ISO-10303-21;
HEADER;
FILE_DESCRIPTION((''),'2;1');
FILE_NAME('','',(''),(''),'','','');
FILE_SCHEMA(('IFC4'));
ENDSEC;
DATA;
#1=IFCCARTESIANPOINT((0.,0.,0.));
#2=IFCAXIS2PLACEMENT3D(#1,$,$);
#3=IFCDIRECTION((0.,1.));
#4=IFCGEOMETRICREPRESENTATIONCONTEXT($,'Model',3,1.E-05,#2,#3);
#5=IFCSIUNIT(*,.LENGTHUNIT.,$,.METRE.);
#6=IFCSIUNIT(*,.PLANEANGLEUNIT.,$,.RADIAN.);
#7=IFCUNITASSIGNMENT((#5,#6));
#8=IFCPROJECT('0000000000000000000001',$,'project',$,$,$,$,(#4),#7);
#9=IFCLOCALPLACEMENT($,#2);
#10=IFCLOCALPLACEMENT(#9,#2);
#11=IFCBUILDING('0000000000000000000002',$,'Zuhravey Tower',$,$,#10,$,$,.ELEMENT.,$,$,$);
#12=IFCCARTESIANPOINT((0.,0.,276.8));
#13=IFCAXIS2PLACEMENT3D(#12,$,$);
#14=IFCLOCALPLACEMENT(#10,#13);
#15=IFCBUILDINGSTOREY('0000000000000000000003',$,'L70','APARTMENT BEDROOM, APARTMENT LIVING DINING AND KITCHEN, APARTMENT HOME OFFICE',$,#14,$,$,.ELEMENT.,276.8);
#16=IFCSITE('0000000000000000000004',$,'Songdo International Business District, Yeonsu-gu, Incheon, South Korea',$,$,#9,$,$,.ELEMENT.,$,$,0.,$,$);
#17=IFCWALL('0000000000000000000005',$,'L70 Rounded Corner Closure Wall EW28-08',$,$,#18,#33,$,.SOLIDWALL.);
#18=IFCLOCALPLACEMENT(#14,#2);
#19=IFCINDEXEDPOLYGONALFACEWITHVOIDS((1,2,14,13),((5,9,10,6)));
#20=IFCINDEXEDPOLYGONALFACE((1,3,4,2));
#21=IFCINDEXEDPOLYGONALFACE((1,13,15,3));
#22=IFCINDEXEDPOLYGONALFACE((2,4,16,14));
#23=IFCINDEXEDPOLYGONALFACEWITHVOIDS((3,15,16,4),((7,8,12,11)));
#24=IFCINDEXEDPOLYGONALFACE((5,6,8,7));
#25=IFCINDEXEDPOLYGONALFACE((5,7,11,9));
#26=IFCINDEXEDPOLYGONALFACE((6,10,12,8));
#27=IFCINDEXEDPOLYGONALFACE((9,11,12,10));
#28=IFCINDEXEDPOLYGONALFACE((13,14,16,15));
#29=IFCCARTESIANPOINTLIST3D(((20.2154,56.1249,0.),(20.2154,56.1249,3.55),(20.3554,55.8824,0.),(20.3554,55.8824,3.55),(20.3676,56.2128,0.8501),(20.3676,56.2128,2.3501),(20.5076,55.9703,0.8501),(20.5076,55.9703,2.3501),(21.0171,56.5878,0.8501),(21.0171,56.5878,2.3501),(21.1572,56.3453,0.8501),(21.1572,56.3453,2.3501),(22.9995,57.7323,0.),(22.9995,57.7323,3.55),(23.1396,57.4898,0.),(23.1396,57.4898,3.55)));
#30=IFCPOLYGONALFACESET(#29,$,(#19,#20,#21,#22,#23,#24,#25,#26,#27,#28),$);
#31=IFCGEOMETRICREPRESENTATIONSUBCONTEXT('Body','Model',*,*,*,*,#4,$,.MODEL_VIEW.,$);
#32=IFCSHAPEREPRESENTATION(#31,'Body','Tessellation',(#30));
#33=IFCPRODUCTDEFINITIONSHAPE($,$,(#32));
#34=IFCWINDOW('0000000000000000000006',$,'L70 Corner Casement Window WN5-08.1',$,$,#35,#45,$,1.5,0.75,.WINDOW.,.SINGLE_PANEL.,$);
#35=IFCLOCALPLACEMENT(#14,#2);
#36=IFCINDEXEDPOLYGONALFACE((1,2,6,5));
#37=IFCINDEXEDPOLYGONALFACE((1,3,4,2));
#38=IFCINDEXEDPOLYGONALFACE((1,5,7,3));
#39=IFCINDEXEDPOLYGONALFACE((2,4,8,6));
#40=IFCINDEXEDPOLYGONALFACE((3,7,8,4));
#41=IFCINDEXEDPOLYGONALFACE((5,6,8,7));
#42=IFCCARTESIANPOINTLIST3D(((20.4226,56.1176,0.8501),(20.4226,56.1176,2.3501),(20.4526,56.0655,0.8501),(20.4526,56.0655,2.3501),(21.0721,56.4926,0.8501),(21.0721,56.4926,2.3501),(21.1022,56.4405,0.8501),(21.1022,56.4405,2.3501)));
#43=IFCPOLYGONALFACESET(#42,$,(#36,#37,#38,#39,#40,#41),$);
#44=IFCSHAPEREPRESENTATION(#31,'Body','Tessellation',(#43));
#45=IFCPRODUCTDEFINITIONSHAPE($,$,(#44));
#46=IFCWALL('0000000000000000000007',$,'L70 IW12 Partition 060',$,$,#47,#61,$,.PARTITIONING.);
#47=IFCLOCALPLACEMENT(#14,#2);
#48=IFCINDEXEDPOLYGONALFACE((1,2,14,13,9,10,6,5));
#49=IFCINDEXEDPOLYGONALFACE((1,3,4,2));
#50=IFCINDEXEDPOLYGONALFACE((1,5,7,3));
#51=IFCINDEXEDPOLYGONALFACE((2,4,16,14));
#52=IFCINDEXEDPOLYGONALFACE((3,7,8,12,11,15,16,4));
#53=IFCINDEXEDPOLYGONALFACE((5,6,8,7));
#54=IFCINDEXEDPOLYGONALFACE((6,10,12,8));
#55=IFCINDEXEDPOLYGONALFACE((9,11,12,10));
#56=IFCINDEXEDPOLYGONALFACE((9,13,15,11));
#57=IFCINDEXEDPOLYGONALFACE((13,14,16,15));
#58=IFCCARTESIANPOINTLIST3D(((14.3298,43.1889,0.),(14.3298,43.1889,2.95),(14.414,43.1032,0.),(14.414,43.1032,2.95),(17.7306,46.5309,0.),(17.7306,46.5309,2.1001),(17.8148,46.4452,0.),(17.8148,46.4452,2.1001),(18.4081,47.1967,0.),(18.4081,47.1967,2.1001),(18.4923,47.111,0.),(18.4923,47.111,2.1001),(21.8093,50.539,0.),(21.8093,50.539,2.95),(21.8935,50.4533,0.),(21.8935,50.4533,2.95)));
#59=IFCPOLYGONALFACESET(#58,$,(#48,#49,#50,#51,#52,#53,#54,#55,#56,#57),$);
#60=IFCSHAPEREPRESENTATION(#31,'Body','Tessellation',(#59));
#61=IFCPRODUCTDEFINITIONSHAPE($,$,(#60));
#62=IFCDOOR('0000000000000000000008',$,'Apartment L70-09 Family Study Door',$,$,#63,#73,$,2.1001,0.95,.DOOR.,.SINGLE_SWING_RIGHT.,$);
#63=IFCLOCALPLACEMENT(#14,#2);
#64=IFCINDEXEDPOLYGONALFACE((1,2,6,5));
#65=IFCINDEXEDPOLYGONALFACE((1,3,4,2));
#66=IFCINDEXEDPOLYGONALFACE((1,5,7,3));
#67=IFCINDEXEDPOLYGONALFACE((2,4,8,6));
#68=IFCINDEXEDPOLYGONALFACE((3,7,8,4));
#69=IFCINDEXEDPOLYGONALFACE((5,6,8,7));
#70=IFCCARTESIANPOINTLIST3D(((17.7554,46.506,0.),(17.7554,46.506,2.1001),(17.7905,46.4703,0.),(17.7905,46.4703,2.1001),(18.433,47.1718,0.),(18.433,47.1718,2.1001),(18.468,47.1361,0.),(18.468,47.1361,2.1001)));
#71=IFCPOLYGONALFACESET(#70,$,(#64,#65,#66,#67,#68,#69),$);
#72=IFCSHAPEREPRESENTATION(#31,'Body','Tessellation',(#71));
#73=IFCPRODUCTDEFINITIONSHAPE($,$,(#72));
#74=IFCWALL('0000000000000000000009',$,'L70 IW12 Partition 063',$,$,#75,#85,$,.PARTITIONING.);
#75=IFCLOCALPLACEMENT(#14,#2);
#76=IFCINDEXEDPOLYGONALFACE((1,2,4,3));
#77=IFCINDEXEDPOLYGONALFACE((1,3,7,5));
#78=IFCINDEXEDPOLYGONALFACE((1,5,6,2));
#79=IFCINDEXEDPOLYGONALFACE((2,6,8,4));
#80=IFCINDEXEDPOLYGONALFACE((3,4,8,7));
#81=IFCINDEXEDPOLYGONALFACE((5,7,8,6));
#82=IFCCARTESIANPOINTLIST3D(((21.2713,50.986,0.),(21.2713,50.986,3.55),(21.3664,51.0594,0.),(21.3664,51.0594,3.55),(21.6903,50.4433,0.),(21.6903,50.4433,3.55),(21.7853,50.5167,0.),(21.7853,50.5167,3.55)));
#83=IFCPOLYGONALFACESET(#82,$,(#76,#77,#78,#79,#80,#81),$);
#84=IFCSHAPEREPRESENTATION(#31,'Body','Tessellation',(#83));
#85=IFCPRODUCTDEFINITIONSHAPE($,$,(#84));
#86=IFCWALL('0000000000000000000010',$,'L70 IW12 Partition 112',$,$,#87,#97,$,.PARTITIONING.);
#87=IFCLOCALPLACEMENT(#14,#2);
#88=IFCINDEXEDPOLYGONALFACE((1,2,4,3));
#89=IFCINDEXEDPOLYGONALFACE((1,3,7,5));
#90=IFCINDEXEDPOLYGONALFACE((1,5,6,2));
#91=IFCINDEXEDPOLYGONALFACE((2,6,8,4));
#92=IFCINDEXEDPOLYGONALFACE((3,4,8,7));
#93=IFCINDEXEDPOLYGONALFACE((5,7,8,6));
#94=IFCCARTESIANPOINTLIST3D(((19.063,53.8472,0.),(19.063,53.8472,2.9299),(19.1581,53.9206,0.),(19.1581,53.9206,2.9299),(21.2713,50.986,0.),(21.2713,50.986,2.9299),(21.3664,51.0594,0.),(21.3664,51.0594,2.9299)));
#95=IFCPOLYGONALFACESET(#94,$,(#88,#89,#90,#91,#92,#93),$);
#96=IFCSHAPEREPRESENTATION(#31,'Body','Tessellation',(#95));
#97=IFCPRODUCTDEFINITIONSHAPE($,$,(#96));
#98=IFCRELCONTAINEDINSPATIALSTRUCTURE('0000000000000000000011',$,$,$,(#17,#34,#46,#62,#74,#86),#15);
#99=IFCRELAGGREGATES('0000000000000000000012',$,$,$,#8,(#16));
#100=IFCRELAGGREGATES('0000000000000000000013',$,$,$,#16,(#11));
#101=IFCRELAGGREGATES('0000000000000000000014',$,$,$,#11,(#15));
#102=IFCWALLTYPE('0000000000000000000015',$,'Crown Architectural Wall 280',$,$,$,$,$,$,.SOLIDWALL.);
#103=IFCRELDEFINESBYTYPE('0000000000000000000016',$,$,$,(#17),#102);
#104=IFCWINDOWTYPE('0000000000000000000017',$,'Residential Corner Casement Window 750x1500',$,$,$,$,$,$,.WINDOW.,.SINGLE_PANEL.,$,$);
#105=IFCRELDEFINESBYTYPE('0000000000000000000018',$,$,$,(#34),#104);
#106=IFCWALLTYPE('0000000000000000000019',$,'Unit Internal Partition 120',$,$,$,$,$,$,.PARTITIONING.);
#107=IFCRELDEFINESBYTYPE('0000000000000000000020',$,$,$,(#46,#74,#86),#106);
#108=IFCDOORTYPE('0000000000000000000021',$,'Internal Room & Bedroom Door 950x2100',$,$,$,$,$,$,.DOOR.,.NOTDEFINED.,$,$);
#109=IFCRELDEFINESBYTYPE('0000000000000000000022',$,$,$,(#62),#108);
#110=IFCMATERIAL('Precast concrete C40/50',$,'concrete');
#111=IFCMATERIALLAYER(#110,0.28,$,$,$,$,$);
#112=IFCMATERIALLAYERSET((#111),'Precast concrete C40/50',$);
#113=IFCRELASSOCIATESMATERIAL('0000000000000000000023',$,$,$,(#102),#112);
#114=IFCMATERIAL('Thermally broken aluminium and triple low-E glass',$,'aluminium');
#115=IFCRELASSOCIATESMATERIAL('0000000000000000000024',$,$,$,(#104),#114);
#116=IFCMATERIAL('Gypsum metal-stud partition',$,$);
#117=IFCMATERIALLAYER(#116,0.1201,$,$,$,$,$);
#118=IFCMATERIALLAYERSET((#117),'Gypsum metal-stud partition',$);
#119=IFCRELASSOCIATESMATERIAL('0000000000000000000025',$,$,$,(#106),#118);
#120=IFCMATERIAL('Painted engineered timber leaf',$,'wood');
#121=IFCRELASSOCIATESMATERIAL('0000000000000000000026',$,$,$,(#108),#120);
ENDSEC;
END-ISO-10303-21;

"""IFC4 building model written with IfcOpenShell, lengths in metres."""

from ifc_helpers import new_model, si_unit, direction, frame, frame_2d, origin, place, context, subcontext, project, spatial, rectangle, extrude, material, layer, layer_set, type_object, element, fill, save


model = new_model("IFC4")

# Units and contexts
model_context = context("Model", 3, precision=1e-05, world=origin(), true_north=direction((0.0, 1.0)))
body_context = subcontext(model_context, "Body", "Model", "MODEL_VIEW")
ifc_project = project(units=[si_unit("LENGTHUNIT", "METRE"), si_unit("PLANEANGLEUNIT", "RADIAN")], contexts=[model_context])

# Site, building, storey
site_placement = place(None, origin())
site = spatial("IfcSite", under=ifc_project, at=site_placement, Name="Songdo International Business District, Yeonsu-gu, Incheon, South Korea", CompositionType="ELEMENT", RefElevation=0.0)
building_placement = place(site_placement, origin())
building = spatial("IfcBuilding", under=site, at=building_placement, Name="Zuhravey Tower", CompositionType="ELEMENT")
storey_placement = place(building_placement, frame((0.0, 0.0, 276.8)))
storey = spatial("IfcBuildingStorey", under=building, at=storey_placement, Name="L70", Description="APARTMENT BEDROOM, APARTMENT LIVING DINING AND KITCHEN, APARTMENT HOME OFFICE", CompositionType="ELEMENT", Elevation=276.8)

# Wall, opening, window
ifc_material_1 = material(Name="Precast concrete C40/50", Category="concrete")
ifc_layer_1 = layer(ifc_material_1, 0.28)
ifc_layer_set_1 = layer_set([ifc_layer_1], Name="Precast concrete C40/50")
wall_type_1 = type_object("IfcWallType", Name="Crown Architectural Wall 280", PredefinedType="SOLIDWALL", material=ifc_layer_set_1)
wall_1_placement = place(storey_placement, frame((20.2854, 56.0037, 0.0), z_axis=(0.0, 0.0, 1.0), x_axis=(0.866029, 0.499994, 0.0)))
wall_1 = element("IfcWall", 1, at=wall_1_placement, inside=storey, type_object=wall_type_1, Name="L70 Rounded Corner Closure Wall EW28-08", PredefinedType="SOLIDWALL", context=body_context, shape_type="SweptSolid", body=[
    extrude(rectangle(XDim=3.2148, YDim=0.28, at=frame_2d((1.6074, 0.0))), origin(), (0.0, 0.0, 1.0), 3.55),
])
opening_1_placement = place(wall_1_placement, frame((0.1758, 0.0, 0.8501)))
opening_1 = element("IfcOpeningElement", 2, at=opening_1_placement, cuts=wall_1, PredefinedType="OPENING", context=body_context, shape_type="SweptSolid", body=[
    extrude(rectangle(XDim=0.75, YDim=1.5, at=frame_2d((0.375, 0.75))), frame((0.0, 0.1521, 0.0), z_axis=(0.0, -1.0, 0.0), x_axis=(1.0, 0.0, 0.0)), (0.0, 0.0, 1.0), 0.304),
])
ifc_material_2 = material(Name="Thermally broken aluminium and triple low-E glass", Category="aluminium")
window_type = type_object("IfcWindowType", Name="Residential Corner Casement Window 750x1500", PartitioningType="SINGLE_PANEL", PredefinedType="WINDOW", material=ifc_material_2)
window_placement = place(opening_1_placement, origin())
window = element("IfcWindow", 3, at=window_placement, inside=storey, type_object=window_type, Name="L70 Corner Casement Window WN5-08.1", OverallHeight=1.5, OverallWidth=0.75, PartitioningType="SINGLE_PANEL", PredefinedType="WINDOW", context=body_context, shape_type="SweptSolid", body=[
    extrude(rectangle(XDim=0.75, YDim=1.5, at=frame_2d((0.375, 0.75))), frame((0.0, 0.03, 0.0), z_axis=(0.0, -1.0, 0.0), x_axis=(1.0, 0.0, 0.0)), (0.0, 0.0, 1.0), 0.0601),
])
fill(opening_1, window)

# Wall, opening, door
ifc_material_3 = material(Name="Gypsum metal-stud partition")
ifc_layer_2 = layer(ifc_material_3, 0.1201)
ifc_layer_set_2 = layer_set([ifc_layer_2], Name="Gypsum metal-stud partition")
wall_type_2 = type_object("IfcWallType", Name="Unit Internal Partition 120", PredefinedType="PARTITIONING", material=ifc_layer_set_2)
wall_2_placement = place(storey_placement, frame((21.8513, 50.4961, 0.0), z_axis=(0.0, 0.0, 1.0), x_axis=(-0.713249, -0.70091, 0.0)))
wall_2 = element("IfcWall", 4, at=wall_2_placement, inside=storey, type_object=wall_type_2, Name="L70 IW12 Partition 060", PredefinedType="PARTITIONING", context=body_context, shape_type="SweptSolid", body=[
    extrude(rectangle(XDim=10.4866, YDim=0.1201, at=frame_2d((5.2432, 0.0))), origin(), (0.0, 0.0, 1.0), 2.95),
])
opening_2_placement = place(wall_2_placement, frame((4.7683, 0.0, 0.0)))
opening_2 = element("IfcOpeningElement", 5, at=opening_2_placement, cuts=wall_2, PredefinedType="OPENING", context=body_context, shape_type="SweptSolid", body=[
    extrude(rectangle(XDim=0.95, YDim=2.1001, at=frame_2d((0.4751, 1.05))), frame((0.0, 0.072, 0.0), z_axis=(0.0, -1.0, 0.0), x_axis=(1.0, 0.0, 0.0)), (0.0, 0.0, 1.0), 0.144),
])
ifc_material_4 = material(Name="Painted engineered timber leaf", Category="wood")
door_type = type_object("IfcDoorType", Name="Internal Room & Bedroom Door 950x2100", OperationType="NOTDEFINED", PredefinedType="DOOR", material=ifc_material_4)
door_placement = place(opening_2_placement, frame((0.95, 0.0, 0.0), z_axis=(0.0, 0.0, 1.0), x_axis=(-1.0, 0.0, 0.0)))
door = element("IfcDoor", 6, at=door_placement, inside=storey, type_object=door_type, Name="Apartment L70-09 Family Study Door", OperationType="SINGLE_SWING_RIGHT", OverallHeight=2.1001, OverallWidth=0.95, PredefinedType="DOOR", context=body_context, shape_type="SweptSolid", body=[
    extrude(rectangle(XDim=0.95, YDim=2.1001, at=frame_2d((0.4751, 1.05))), frame((0.0, 0.0249, 0.0), z_axis=(0.0, -1.0, 0.0), x_axis=(1.0, 0.0, 0.0)), (0.0, 0.0, 1.0), 0.05),
])
fill(opening_2, door)

# Walls
wall_3_placement = place(storey_placement, frame((21.7378, 50.48, 0.0), z_axis=(0.0, 0.0, 1.0), x_axis=(-0.611052, 0.79159, 0.0)))
element("IfcWall", 7, at=wall_3_placement, inside=storey, type_object=wall_type_2, Name="L70 IW12 Partition 063", PredefinedType="PARTITIONING", context=body_context, shape_type="SweptSolid", body=[
    extrude(rectangle(XDim=0.6855, YDim=0.1201, at=frame_2d((0.3428, 0.0))), origin(), (0.0, 0.0, 1.0), 3.55),
])
wall_4_placement = place(storey_placement, frame((21.3188, 51.0227, 0.0), z_axis=(0.0, 0.0, 1.0), x_axis=(-0.610999, 0.791631, 0.0)))
element("IfcWall", 8, at=wall_4_placement, inside=storey, type_object=wall_type_2, Name="L70 IW12 Partition 112", PredefinedType="PARTITIONING", context=body_context, shape_type="SweptSolid", body=[
    extrude(rectangle(XDim=3.6143, YDim=0.1201, at=frame_2d((1.8071, 0.0))), origin(), (0.0, 0.0, 1.0), 2.9299),
])

save(model, "model.ifc")
